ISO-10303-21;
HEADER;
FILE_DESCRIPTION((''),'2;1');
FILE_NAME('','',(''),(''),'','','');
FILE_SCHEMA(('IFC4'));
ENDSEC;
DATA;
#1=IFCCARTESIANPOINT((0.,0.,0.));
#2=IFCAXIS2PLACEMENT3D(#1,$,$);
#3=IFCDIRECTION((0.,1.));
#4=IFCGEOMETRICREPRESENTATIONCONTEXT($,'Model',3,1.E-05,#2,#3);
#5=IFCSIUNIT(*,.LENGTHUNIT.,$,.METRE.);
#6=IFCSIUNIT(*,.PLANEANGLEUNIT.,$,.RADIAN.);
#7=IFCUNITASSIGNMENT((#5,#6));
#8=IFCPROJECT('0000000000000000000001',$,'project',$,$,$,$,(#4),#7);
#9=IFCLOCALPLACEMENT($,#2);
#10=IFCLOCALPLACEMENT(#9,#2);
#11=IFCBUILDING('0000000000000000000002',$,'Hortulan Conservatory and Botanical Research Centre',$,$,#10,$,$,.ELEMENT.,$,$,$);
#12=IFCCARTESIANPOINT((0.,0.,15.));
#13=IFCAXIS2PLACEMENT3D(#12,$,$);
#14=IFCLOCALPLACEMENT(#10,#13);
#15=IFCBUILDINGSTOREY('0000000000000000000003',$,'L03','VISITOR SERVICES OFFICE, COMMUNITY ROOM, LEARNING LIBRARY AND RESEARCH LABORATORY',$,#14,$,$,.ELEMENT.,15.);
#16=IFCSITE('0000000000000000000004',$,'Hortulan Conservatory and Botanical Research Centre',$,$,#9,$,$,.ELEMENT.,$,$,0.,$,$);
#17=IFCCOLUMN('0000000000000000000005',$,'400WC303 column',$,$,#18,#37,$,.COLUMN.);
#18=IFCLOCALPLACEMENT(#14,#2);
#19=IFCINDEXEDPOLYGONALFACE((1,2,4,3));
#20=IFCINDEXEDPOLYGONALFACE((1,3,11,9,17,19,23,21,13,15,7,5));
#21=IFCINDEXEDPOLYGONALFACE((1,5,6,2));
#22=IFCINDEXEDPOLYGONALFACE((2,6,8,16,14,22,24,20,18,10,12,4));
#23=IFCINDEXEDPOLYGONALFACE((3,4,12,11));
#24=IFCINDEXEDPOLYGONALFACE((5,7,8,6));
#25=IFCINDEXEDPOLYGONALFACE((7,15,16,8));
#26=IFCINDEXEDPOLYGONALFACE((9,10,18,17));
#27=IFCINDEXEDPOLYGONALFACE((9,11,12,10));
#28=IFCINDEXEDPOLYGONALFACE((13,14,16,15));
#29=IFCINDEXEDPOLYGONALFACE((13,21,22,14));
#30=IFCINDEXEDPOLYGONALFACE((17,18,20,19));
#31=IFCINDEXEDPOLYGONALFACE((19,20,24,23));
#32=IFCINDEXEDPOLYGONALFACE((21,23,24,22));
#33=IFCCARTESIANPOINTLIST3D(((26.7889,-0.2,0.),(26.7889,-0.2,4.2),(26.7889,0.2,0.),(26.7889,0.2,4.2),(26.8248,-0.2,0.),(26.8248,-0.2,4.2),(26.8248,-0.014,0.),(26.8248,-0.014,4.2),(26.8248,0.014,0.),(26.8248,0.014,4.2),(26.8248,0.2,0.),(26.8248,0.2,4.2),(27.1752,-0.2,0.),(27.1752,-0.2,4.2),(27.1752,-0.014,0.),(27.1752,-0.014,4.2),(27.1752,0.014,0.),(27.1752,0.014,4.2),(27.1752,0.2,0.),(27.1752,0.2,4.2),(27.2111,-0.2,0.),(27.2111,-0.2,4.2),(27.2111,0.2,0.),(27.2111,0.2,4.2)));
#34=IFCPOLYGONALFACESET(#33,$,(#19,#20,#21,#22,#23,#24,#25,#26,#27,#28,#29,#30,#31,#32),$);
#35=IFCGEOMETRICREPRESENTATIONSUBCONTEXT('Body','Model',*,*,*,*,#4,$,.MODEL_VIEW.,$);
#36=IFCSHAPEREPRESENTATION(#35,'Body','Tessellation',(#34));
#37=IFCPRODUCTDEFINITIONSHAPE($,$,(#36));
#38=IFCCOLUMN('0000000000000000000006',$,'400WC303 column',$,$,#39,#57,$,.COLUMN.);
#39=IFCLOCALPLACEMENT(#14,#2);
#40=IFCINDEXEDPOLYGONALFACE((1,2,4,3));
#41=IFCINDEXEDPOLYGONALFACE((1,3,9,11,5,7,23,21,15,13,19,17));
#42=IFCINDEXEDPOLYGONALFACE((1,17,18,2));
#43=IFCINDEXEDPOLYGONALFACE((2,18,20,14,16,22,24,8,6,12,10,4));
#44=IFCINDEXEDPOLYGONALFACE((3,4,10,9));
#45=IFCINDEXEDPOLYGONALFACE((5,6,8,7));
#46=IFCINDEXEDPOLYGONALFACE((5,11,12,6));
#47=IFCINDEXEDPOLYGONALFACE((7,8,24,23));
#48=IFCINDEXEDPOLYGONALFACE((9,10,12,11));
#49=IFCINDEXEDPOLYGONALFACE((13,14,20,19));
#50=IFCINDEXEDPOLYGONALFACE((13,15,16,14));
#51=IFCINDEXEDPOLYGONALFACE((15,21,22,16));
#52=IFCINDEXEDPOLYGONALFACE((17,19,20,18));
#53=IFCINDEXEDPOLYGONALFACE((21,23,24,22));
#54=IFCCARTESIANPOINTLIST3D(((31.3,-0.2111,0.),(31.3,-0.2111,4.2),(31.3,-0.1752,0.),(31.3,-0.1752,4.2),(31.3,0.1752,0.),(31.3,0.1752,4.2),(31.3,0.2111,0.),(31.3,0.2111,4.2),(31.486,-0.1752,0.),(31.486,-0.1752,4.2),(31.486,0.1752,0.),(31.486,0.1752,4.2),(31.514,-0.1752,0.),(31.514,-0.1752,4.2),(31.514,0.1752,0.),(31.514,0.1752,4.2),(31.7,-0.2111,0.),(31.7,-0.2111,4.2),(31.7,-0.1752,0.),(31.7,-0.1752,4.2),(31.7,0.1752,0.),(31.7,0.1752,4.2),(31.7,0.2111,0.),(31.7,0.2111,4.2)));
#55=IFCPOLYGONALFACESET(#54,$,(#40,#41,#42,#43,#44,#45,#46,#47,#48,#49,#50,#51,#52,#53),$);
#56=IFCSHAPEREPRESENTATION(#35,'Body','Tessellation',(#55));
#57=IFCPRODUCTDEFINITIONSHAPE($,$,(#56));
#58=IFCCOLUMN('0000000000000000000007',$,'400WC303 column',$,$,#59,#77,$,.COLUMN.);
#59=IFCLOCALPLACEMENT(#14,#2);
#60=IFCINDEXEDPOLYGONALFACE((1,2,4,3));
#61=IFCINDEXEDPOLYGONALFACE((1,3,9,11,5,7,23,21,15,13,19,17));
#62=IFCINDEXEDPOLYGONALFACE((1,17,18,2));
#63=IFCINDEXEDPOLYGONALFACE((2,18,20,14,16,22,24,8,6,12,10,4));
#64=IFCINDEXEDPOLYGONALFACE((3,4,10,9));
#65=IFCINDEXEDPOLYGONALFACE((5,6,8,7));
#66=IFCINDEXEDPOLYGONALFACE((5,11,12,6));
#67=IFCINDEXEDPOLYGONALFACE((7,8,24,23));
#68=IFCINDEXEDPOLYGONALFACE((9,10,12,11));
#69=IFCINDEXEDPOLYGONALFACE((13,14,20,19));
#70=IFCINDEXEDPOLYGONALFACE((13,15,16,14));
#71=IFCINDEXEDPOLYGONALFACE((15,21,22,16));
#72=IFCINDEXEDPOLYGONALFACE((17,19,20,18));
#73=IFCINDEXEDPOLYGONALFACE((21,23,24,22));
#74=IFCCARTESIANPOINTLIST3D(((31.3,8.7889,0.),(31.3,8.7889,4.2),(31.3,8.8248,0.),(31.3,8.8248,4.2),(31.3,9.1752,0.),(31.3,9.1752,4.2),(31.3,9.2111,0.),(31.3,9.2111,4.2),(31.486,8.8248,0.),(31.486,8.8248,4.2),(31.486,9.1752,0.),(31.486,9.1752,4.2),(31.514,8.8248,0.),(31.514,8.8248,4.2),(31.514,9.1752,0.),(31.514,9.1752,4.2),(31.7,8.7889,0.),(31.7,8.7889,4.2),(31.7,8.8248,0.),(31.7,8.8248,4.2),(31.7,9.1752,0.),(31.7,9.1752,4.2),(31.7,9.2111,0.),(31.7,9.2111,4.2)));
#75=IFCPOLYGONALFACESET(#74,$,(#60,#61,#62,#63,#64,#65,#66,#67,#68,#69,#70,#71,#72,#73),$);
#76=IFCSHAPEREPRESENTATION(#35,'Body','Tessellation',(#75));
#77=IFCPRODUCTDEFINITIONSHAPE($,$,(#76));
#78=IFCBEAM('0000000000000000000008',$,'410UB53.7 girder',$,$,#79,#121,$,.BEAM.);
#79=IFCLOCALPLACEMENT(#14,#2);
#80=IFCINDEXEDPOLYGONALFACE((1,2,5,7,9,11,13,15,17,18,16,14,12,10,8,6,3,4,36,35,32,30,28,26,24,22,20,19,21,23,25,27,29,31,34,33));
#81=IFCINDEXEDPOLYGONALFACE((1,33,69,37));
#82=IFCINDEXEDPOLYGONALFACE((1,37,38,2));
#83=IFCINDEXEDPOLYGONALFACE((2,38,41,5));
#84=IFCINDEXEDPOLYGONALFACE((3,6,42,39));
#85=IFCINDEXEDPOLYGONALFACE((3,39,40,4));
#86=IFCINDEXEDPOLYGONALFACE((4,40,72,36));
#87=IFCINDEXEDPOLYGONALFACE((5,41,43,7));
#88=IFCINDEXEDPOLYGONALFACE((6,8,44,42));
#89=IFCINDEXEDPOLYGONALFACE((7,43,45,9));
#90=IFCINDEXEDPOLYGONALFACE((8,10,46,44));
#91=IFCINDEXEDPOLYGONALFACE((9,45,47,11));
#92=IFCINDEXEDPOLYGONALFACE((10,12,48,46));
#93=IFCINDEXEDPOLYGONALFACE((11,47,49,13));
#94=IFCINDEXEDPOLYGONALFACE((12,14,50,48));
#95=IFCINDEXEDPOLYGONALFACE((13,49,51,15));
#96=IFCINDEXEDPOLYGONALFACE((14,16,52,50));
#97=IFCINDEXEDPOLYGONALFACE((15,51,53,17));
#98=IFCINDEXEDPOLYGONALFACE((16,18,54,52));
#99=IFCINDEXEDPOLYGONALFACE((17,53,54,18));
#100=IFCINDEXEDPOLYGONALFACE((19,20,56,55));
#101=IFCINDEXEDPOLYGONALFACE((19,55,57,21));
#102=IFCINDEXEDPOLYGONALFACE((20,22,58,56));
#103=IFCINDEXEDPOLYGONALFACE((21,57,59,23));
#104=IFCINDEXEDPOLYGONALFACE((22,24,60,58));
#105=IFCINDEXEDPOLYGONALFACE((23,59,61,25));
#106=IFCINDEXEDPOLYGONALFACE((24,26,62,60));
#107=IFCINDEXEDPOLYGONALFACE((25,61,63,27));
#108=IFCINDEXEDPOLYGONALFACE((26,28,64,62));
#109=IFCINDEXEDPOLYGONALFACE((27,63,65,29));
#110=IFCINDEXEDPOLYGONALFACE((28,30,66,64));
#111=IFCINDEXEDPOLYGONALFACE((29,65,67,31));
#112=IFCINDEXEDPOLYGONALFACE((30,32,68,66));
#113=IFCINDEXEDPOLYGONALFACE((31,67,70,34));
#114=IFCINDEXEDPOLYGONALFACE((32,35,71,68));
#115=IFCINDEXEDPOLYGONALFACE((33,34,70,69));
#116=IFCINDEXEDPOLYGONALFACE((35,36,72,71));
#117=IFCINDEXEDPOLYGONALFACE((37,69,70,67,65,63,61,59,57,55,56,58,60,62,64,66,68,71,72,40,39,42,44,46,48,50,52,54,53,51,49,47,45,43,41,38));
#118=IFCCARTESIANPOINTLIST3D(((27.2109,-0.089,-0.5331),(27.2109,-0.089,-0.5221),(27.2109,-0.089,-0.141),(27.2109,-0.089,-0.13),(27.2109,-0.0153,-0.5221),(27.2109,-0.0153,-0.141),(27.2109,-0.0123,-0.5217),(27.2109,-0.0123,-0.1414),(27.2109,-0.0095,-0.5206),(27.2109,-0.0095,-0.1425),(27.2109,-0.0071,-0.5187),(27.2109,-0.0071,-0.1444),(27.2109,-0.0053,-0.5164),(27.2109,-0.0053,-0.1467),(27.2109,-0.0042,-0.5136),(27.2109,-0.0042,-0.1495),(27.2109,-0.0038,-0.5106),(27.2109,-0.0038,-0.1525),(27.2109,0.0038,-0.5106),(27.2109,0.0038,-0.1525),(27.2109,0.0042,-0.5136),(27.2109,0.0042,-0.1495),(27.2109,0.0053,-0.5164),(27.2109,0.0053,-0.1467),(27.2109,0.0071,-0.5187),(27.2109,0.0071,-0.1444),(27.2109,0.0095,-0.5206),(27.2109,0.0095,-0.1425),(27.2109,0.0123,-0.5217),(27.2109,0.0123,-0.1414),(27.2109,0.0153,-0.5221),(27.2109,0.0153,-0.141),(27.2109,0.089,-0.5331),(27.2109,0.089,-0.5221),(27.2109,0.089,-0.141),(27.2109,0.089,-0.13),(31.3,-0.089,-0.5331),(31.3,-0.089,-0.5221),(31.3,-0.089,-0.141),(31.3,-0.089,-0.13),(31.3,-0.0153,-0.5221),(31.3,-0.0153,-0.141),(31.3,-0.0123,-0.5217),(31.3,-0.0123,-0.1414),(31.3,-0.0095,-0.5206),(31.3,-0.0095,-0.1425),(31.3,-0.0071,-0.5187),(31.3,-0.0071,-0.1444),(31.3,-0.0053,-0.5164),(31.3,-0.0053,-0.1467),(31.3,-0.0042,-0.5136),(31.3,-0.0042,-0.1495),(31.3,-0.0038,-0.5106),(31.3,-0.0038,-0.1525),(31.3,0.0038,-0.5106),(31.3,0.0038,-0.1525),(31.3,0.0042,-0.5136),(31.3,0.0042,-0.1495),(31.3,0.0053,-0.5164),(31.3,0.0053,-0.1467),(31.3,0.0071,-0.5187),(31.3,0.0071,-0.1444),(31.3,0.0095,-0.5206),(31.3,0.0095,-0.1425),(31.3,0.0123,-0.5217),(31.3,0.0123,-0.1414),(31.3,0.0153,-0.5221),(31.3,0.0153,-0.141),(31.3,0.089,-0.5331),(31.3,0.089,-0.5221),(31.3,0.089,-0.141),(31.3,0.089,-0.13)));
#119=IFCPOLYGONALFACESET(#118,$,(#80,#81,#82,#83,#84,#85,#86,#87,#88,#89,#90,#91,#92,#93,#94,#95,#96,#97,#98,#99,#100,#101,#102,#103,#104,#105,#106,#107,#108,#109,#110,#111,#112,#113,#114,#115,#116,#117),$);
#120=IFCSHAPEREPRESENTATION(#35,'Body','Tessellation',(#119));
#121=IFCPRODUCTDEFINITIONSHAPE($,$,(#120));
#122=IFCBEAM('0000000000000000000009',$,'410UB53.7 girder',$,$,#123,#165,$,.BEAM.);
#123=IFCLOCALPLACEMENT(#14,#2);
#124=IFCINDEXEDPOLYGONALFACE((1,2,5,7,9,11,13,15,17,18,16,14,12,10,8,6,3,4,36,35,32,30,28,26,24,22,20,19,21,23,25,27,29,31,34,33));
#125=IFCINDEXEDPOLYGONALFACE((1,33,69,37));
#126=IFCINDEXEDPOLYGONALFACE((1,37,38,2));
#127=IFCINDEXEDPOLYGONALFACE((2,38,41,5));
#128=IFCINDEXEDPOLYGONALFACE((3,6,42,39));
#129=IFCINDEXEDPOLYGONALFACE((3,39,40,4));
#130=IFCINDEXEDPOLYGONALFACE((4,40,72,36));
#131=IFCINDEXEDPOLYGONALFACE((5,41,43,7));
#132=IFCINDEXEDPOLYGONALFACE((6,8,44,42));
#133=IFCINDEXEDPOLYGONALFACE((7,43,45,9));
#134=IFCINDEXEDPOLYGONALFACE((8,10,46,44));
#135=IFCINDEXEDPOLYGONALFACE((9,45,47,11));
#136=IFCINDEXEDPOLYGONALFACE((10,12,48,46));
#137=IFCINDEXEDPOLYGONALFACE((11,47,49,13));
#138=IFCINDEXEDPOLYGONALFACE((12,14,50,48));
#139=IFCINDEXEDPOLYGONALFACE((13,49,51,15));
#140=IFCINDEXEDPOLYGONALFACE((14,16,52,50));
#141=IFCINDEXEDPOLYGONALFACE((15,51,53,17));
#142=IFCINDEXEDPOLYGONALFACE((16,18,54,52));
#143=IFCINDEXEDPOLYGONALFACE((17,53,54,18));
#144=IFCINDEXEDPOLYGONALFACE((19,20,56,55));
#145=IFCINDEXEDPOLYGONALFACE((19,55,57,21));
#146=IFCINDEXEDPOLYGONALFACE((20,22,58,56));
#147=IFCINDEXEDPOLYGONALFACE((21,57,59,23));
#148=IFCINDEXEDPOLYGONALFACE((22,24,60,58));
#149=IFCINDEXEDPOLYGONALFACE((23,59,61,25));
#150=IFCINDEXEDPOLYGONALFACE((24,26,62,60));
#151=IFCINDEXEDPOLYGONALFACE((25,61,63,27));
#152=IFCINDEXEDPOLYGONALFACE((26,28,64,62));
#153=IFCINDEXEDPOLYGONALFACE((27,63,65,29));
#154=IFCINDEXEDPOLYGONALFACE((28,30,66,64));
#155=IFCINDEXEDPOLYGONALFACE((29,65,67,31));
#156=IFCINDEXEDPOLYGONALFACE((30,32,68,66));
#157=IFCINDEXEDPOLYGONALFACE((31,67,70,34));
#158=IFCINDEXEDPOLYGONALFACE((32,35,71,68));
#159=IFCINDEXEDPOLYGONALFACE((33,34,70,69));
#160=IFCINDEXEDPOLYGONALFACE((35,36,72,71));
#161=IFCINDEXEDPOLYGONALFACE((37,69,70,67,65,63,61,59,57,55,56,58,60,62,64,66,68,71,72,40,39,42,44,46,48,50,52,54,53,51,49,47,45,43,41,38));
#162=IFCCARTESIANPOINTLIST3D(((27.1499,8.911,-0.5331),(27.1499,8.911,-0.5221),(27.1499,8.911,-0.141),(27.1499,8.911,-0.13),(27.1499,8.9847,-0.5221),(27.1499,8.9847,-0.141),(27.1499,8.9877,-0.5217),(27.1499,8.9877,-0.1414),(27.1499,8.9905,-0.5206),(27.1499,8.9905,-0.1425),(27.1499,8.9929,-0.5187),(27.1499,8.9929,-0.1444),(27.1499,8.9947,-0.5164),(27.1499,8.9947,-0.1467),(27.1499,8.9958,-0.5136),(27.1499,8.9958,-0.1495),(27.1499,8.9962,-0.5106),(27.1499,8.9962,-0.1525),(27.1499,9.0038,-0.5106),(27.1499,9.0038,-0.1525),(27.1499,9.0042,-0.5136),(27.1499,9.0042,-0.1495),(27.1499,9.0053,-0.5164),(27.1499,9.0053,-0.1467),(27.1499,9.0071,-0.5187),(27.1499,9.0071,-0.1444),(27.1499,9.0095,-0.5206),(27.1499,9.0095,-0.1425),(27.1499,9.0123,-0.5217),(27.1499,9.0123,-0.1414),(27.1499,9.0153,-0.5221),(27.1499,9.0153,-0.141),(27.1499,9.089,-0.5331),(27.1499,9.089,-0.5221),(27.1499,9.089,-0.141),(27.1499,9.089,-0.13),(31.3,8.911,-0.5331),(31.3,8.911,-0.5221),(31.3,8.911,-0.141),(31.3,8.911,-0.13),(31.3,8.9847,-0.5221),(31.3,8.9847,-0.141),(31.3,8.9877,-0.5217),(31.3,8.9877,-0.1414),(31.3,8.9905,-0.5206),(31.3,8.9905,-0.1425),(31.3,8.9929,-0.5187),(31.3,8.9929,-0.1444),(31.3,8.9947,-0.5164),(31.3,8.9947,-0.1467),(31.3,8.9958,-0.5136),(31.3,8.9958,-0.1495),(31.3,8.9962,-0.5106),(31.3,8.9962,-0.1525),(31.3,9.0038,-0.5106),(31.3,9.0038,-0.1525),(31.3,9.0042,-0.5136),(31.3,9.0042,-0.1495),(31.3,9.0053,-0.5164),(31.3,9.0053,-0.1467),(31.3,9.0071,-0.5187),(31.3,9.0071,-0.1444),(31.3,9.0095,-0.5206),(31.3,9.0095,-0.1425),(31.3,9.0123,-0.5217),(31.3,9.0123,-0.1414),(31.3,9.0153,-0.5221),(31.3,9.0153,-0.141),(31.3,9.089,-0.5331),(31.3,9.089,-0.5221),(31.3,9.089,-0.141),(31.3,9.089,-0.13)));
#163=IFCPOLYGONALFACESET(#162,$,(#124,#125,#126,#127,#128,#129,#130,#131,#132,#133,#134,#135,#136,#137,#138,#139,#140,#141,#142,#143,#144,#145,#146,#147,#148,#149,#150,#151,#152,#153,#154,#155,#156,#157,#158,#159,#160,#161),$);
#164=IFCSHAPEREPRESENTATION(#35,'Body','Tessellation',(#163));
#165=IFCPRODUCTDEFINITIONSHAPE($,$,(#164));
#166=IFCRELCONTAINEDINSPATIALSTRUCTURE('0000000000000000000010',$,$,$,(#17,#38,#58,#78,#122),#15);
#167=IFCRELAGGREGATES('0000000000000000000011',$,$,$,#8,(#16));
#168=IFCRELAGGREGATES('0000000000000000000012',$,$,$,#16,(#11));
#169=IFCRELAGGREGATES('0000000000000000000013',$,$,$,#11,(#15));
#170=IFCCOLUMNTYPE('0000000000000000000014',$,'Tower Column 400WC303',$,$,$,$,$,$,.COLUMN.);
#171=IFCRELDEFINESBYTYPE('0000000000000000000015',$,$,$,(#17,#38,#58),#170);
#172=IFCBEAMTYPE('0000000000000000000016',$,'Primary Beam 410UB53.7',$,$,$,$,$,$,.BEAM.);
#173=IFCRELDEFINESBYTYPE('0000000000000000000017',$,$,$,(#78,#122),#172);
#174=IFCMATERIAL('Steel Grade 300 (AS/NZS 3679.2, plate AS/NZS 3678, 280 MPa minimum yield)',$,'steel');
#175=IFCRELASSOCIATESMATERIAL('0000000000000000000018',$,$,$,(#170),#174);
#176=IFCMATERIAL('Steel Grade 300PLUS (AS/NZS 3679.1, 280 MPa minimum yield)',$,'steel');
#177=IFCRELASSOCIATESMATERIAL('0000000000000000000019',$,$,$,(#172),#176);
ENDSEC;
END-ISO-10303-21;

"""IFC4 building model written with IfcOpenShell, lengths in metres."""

from ifc_helpers import new_model, si_unit, direction, frame, origin, origin_2d, place, context, subcontext, project, spatial, i_section, extrude, material, material_profile, profile_set, type_object, element, save


model = new_model("IFC4")

# Units and contexts
model_context = context("Model", 3, precision=1e-05, world=origin(), true_north=direction((0.0, 1.0)))
body_context = subcontext(model_context, "Body", "Model", "MODEL_VIEW")
ifc_project = project(units=[si_unit("LENGTHUNIT", "METRE"), si_unit("PLANEANGLEUNIT", "RADIAN")], contexts=[model_context])

# Site, building, storey
site_placement = place(None, origin())
site = spatial("IfcSite", under=ifc_project, at=site_placement, Name="Hortulan Conservatory and Botanical Research Centre", CompositionType="ELEMENT", RefElevation=0.0)
building_placement = place(site_placement, origin())
building = spatial("IfcBuilding", under=site, at=building_placement, Name="Hortulan Conservatory and Botanical Research Centre", CompositionType="ELEMENT")
storey_placement = place(building_placement, frame((0.0, 0.0, 15.0)))
storey = spatial("IfcBuildingStorey", under=building, at=storey_placement, Name="L03", Description="VISITOR SERVICES OFFICE, COMMUNITY ROOM, LEARNING LIBRARY AND RESEARCH LABORATORY", CompositionType="ELEMENT", Elevation=15.0)

# Columns
ifc_material_1 = material(Name="Steel Grade 300 (AS/NZS 3679.2, plate AS/NZS 3678, 280 MPa minimum yield)", Category="steel")
ifc_material_profile_1 = material_profile(ifc_material_1, i_section(OverallWidth=0.3999, OverallDepth=0.4221, WebThickness=0.0281, FlangeThickness=0.0359, at=origin_2d()), Name="400WC303")
ifc_profile_set_1 = profile_set([ifc_material_profile_1], Name="Steel Grade 300 (AS/NZS 3679.2, plate AS/NZS 3678, 280 MPa minimum yield)")
column_type = type_object("IfcColumnType", Name="Tower Column 400WC303", PredefinedType="COLUMN", material=ifc_profile_set_1)
for number, where, z_axis, x_axis, name in (
    (1, (27.0, 0.0, 0.0), (0.0, 0.0, 1.0), (0.0, 1.0, 0.0), "400WC303 column"),
    (2, (31.5, 0.0, 0.0), (0.0, 0.0, 1.0), (1.0, 0.0, 0.0), "400WC303 column"),
    (3, (31.5, 9.0, 0.0), (0.0, 0.0, 1.0), (1.0, 0.0, 0.0), "400WC303 column"),
):
    element("IfcColumn", number, at=place(storey_placement, frame(where, z_axis=z_axis, x_axis=x_axis)), inside=storey, type_object=column_type, Name=name, PredefinedType="COLUMN", context=body_context, shape_type="SweptSolid", body=[
        extrude(i_section(OverallWidth=0.3999, OverallDepth=0.4221, WebThickness=0.0281, FlangeThickness=0.0359, at=origin_2d()), origin(), (0.0, 0.0, 1.0), 4.2),
    ])

# Beams
ifc_material_2 = material(Name="Steel Grade 300PLUS (AS/NZS 3679.1, 280 MPa minimum yield)", Category="steel")
ifc_material_profile_2 = material_profile(ifc_material_2, i_section(OverallWidth=0.178, OverallDepth=0.4031, WebThickness=0.0076, FlangeThickness=0.011, FilletRadius=0.0115, at=origin_2d()), Name="410UB53.7")
ifc_profile_set_2 = profile_set([ifc_material_profile_2], Name="Steel Grade 300PLUS (AS/NZS 3679.1, 280 MPa minimum yield)")
beam_type_1 = type_object("IfcBeamType", Name="Primary Beam 410UB53.7", PredefinedType="BEAM", material=ifc_profile_set_2)
beam_1_placement = place(storey_placement, frame((27.2109, 0.0, -0.3315), z_axis=(1.0, 0.0, 0.0), x_axis=(0.0, 1.0, 0.0)))
element("IfcBeam", 4, at=beam_1_placement, inside=storey, type_object=beam_type_1, Name="410UB53.7 girder", PredefinedType="BEAM", context=body_context, shape_type="SweptSolid", body=[
    extrude(i_section(OverallWidth=0.178, OverallDepth=0.4031, WebThickness=0.0076, FlangeThickness=0.011, FilletRadius=0.0115, at=origin_2d()), origin(), (0.0, 0.0, 1.0), 4.0891),
])
beam_2_placement = place(storey_placement, frame((27.1499, 9.0, -0.3315), z_axis=(1.0, 0.0, 0.0), x_axis=(0.0, 1.0, 0.0)))
element("IfcBeam", 5, at=beam_2_placement, inside=storey, type_object=beam_type_1, Name="410UB53.7 girder", PredefinedType="BEAM", context=body_context, shape_type="SweptSolid", body=[
    extrude(i_section(OverallWidth=0.178, OverallDepth=0.4031, WebThickness=0.0076, FlangeThickness=0.011, FilletRadius=0.0115, at=origin_2d()), origin(), (0.0, 0.0, 1.0), 4.1501),
])

save(model, "model.ifc")
